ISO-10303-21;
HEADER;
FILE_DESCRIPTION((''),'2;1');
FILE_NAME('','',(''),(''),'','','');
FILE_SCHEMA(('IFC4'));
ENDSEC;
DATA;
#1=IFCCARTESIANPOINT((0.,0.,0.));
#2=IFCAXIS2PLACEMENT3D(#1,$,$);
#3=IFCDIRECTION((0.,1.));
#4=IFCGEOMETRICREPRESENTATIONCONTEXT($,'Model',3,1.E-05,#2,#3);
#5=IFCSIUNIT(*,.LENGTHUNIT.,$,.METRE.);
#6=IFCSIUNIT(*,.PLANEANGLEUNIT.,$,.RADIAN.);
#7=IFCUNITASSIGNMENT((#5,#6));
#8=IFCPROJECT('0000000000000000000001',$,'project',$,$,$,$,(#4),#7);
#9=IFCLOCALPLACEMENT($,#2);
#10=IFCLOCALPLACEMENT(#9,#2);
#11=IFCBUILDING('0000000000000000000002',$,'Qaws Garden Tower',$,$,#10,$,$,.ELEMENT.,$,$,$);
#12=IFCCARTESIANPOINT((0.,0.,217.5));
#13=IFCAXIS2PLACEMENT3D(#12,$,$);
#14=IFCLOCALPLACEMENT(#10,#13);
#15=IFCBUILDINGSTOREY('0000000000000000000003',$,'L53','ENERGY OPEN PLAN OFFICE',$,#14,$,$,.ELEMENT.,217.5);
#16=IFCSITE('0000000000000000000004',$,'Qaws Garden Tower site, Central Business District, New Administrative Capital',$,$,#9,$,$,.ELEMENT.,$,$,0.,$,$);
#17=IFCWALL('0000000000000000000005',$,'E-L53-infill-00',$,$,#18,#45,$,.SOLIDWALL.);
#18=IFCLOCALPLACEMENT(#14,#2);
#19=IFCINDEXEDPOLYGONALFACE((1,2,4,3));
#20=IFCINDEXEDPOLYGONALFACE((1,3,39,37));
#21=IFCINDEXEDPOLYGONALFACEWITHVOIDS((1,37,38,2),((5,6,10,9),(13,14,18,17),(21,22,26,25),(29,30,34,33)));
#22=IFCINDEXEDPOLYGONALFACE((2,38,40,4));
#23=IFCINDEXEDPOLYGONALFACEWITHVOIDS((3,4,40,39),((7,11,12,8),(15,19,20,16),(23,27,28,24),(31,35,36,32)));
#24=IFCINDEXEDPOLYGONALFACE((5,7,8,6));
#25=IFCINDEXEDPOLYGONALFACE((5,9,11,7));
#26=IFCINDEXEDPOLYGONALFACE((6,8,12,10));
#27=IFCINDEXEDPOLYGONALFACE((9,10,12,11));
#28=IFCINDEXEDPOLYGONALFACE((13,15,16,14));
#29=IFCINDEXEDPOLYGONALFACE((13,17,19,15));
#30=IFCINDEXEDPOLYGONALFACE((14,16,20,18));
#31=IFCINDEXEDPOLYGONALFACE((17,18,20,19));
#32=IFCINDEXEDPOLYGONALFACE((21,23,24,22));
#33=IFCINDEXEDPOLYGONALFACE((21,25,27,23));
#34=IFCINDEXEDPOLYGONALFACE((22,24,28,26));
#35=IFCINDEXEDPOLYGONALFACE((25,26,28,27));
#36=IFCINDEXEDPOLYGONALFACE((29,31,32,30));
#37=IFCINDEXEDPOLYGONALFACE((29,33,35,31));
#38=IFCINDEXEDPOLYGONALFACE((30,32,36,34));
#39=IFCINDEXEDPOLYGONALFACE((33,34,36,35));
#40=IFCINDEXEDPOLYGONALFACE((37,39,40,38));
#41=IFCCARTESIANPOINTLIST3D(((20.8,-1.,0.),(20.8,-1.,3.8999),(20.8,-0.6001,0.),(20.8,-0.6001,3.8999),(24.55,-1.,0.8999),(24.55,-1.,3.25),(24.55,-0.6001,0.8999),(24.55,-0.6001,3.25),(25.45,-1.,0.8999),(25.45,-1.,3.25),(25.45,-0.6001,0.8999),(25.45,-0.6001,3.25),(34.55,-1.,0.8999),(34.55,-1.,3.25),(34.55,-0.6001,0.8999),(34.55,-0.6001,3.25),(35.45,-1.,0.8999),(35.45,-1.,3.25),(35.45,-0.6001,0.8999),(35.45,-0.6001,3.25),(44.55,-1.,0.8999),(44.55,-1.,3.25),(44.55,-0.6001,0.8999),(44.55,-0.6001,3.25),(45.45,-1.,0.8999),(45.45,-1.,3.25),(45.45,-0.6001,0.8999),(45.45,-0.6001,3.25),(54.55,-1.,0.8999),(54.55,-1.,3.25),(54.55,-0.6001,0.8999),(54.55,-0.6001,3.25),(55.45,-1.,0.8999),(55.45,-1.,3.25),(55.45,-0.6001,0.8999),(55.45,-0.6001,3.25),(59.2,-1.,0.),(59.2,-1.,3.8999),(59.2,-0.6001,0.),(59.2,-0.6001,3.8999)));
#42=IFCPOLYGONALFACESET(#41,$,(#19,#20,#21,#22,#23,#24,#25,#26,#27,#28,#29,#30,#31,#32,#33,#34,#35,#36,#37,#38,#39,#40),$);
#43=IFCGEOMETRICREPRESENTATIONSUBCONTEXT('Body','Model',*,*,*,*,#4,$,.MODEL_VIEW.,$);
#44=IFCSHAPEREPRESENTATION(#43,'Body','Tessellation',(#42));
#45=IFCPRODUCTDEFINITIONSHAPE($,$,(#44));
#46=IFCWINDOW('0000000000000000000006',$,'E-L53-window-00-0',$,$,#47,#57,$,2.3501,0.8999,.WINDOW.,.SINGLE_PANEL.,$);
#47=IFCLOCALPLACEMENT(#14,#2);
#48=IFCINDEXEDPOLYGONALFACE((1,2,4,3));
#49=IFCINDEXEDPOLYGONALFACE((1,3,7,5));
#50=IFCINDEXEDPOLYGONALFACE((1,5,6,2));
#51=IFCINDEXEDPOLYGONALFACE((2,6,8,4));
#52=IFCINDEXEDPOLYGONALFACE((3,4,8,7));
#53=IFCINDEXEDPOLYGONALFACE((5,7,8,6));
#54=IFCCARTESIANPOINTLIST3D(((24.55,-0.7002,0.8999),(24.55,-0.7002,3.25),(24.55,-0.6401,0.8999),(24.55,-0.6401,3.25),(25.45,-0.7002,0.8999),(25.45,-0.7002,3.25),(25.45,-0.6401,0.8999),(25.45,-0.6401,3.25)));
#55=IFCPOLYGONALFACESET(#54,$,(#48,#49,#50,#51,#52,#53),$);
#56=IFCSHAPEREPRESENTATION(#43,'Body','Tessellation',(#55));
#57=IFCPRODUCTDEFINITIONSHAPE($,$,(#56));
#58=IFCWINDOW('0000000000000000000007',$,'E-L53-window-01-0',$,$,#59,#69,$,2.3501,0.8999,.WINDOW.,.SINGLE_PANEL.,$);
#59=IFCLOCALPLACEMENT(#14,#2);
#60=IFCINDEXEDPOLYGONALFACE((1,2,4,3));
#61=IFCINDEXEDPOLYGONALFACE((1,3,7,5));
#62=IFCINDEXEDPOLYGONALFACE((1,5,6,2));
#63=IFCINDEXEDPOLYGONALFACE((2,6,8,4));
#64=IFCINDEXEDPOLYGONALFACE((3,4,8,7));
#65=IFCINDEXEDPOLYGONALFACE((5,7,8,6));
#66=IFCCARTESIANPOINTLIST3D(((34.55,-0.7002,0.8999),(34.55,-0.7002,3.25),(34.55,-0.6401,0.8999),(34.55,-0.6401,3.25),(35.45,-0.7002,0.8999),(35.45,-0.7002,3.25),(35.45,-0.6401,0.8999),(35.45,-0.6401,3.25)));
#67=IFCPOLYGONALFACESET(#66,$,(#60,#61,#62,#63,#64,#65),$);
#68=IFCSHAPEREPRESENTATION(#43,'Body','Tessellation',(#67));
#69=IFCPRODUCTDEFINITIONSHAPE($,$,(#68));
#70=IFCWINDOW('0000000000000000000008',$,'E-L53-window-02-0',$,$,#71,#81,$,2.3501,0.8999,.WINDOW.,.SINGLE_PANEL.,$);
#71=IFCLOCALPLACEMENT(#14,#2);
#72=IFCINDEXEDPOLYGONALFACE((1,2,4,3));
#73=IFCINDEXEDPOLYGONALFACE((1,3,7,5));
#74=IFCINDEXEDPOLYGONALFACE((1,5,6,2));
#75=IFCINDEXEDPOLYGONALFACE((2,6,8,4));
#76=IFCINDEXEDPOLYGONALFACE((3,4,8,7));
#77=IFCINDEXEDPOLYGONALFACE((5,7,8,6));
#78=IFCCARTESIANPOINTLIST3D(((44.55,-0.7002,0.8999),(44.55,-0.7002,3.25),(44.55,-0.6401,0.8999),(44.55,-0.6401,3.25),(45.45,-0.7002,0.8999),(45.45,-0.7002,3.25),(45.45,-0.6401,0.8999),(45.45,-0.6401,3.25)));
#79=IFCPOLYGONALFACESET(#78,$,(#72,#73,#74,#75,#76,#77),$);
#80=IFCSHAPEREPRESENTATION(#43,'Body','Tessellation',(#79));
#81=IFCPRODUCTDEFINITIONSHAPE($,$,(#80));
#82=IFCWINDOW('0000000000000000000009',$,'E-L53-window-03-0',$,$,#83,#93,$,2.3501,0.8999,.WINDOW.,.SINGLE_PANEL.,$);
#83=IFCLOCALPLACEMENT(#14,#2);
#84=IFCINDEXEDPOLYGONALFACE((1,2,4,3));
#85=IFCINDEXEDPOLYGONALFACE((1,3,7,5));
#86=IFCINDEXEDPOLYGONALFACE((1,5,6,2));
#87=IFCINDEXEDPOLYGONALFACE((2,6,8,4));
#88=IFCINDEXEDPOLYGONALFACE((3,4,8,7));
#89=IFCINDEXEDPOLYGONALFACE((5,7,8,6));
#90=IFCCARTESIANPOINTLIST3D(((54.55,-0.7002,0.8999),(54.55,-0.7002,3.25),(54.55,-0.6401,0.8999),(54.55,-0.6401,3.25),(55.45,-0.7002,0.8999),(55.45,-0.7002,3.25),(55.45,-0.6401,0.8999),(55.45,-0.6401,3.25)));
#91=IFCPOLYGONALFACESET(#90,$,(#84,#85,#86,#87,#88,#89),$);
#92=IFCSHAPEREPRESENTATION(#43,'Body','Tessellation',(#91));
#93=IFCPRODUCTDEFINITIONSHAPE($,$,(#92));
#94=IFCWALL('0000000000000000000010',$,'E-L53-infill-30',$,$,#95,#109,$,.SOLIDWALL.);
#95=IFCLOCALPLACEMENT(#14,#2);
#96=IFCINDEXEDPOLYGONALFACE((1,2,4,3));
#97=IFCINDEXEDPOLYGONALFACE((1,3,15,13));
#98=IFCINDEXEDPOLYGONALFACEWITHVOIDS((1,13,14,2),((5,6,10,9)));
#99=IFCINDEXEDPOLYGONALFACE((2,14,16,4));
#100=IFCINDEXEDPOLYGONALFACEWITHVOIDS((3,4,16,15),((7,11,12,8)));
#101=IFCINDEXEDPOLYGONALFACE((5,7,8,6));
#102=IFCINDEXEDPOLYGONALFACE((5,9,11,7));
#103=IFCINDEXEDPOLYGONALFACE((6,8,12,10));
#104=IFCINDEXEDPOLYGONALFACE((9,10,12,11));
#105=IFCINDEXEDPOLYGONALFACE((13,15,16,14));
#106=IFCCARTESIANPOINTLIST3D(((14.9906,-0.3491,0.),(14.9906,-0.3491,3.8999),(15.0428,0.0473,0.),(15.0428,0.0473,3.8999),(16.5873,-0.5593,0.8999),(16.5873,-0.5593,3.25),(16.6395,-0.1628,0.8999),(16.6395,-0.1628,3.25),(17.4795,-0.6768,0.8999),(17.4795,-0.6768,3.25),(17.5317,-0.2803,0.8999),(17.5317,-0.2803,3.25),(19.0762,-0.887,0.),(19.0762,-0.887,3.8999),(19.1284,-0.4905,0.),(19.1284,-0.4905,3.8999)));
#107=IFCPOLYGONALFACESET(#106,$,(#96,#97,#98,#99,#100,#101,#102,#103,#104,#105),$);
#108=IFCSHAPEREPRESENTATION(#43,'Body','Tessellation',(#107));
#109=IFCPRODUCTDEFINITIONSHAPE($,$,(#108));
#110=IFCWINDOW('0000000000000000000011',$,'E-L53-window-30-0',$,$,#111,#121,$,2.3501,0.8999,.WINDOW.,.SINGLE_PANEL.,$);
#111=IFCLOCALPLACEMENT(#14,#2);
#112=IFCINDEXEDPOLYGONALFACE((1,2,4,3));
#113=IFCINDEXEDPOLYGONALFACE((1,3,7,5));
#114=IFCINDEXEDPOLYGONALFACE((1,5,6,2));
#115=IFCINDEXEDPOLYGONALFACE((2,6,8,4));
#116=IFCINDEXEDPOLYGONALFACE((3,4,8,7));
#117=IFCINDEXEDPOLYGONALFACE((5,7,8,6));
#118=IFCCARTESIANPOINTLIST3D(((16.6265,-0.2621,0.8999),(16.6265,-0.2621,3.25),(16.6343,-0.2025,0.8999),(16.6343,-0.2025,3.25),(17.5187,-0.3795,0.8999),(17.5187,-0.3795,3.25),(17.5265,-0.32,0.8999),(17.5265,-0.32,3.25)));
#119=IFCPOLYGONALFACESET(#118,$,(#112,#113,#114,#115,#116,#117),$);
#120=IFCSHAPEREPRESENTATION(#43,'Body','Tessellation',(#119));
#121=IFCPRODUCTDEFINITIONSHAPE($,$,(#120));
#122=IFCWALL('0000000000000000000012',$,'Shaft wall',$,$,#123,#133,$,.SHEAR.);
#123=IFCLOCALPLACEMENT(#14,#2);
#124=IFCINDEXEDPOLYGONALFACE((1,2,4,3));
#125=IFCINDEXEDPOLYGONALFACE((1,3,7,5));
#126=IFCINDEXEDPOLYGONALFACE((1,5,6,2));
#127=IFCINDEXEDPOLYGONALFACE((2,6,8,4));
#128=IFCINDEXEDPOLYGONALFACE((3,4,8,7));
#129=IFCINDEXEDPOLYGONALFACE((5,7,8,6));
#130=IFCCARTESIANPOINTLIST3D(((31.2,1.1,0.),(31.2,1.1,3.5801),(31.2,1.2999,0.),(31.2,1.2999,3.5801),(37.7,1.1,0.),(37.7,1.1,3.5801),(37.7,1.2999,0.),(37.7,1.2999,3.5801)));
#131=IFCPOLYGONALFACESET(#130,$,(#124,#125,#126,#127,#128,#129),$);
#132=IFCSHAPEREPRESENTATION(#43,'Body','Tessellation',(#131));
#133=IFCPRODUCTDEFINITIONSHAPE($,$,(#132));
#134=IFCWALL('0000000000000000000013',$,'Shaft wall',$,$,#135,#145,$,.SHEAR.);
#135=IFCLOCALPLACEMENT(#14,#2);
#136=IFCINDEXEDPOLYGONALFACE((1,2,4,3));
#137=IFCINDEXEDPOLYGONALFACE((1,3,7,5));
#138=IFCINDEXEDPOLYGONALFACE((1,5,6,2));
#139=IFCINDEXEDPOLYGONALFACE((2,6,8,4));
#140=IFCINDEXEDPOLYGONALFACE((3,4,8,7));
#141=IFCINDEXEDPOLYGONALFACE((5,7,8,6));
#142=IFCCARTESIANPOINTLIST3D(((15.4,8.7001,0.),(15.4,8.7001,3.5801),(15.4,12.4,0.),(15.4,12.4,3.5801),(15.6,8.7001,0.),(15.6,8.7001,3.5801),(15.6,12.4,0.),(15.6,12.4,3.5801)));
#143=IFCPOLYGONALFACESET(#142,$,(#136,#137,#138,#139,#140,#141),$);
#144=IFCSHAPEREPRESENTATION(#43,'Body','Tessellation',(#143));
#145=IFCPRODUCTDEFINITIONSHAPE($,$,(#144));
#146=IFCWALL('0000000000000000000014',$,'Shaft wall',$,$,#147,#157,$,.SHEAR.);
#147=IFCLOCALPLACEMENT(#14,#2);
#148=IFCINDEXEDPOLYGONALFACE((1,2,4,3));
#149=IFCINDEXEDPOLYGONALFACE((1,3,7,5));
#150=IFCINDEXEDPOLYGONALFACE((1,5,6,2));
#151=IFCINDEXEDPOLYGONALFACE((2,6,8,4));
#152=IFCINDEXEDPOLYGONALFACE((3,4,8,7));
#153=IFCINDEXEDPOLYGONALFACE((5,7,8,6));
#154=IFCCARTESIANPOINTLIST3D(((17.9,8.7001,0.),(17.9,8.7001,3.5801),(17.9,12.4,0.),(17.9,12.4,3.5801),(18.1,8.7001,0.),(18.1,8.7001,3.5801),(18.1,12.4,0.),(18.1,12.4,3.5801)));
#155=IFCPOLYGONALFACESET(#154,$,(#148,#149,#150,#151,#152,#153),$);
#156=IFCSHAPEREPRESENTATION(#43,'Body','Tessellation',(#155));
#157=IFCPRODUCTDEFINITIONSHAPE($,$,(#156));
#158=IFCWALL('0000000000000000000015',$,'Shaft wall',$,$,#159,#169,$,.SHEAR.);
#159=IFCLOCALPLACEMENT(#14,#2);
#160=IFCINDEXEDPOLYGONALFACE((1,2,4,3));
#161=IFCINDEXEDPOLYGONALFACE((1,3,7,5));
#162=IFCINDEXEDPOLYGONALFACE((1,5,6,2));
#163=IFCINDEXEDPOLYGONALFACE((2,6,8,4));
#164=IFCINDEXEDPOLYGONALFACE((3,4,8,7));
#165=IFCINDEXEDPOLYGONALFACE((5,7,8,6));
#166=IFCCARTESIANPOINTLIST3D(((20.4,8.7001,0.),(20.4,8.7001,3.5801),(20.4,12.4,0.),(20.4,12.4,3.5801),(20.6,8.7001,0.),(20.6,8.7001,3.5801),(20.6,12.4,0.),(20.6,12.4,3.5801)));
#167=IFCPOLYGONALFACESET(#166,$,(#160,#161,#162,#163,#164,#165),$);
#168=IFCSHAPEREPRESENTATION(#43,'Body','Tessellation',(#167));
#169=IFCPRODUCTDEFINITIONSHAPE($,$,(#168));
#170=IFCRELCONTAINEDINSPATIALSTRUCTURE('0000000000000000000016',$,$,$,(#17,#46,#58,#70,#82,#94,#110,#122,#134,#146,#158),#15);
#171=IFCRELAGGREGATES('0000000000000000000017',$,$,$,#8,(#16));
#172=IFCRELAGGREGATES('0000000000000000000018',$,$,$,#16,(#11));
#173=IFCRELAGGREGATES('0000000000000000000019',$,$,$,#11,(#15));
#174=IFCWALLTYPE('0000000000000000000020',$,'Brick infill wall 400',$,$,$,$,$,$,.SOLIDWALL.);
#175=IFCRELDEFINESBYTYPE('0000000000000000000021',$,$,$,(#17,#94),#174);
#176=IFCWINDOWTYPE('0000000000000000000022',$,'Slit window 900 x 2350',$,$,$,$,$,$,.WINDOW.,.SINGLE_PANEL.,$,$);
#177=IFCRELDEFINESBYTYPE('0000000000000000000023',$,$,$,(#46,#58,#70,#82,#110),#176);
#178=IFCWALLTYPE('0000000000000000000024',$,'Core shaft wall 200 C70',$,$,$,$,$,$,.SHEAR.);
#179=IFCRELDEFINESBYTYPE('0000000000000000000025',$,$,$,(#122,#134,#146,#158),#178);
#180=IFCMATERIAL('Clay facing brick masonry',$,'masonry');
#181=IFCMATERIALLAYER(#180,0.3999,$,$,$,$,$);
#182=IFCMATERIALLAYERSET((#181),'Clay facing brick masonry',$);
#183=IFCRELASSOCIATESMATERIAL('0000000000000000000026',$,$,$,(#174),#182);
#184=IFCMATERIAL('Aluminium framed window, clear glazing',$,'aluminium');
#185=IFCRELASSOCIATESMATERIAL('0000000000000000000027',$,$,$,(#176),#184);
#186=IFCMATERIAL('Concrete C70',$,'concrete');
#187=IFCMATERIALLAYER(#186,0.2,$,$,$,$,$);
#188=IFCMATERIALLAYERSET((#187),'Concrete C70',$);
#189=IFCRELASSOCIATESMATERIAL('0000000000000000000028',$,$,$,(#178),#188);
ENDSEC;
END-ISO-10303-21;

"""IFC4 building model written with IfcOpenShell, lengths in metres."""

from ifc_helpers import new_model, si_unit, direction, frame, frame_2d, origin, place, context, subcontext, project, spatial, rectangle, extrude, material, layer, layer_set, type_object, element, fill, save


model = new_model("IFC4")

# Units and contexts
model_context = context("Model", 3, precision=1e-05, world=origin(), true_north=direction((0.0, 1.0)))
body_context = subcontext(model_context, "Body", "Model", "MODEL_VIEW")
ifc_project = project(units=[si_unit("LENGTHUNIT", "METRE"), si_unit("PLANEANGLEUNIT", "RADIAN")], contexts=[model_context])

# Site, building, storey
site_placement = place(None, origin())
site = spatial("IfcSite", under=ifc_project, at=site_placement, Name="Qaws Garden Tower site, Central Business District, New Administrative Capital", CompositionType="ELEMENT", RefElevation=0.0)
building_placement = place(site_placement, origin())
building = spatial("IfcBuilding", under=site, at=building_placement, Name="Qaws Garden Tower", CompositionType="ELEMENT")
storey_placement = place(building_placement, frame((0.0, 0.0, 217.5)))
storey = spatial("IfcBuildingStorey", under=building, at=storey_placement, Name="L53", Description="ENERGY OPEN PLAN OFFICE", CompositionType="ELEMENT", Elevation=217.5)

# Wall, openings, windows
ifc_material_1 = material(Name="Clay facing brick masonry", Category="masonry")
ifc_layer_1 = layer(ifc_material_1, 0.3999)
ifc_layer_set_1 = layer_set([ifc_layer_1], Name="Clay facing brick masonry")
wall_type_1 = type_object("IfcWallType", Name="Brick infill wall 400", PredefinedType="SOLIDWALL", material=ifc_layer_set_1)
wall_1_placement = place(storey_placement, frame((20.8, -0.8, 0.0), z_axis=(0.0, 0.0, 1.0), x_axis=(1.0, 0.0, 0.0)))
wall_1 = element("IfcWall", 1, at=wall_1_placement, inside=storey, type_object=wall_type_1, Name="E-L53-infill-00", PredefinedType="SOLIDWALL", context=body_context, shape_type="SweptSolid", body=[
    extrude(rectangle(XDim=38.3999, YDim=0.3999, at=frame_2d((19.2, 0.0))), origin(), (0.0, 0.0, 1.0), 3.8999),
])
opening_1_placement = place(wall_1_placement, frame((3.75, 0.0, 0.8999)))
opening_1 = element("IfcOpeningElement", 2, at=opening_1_placement, cuts=wall_1, PredefinedType="OPENING", context=body_context, shape_type="SweptSolid", body=[
    extrude(rectangle(XDim=0.8999, YDim=2.3501, at=frame_2d((0.45, 1.175))), frame((0.0, 0.21, 0.0), z_axis=(0.0, -1.0, 0.0), x_axis=(1.0, 0.0, 0.0)), (0.0, 0.0, 1.0), 0.4199),
])
opening_2_placement = place(wall_1_placement, frame((13.75, 0.0, 0.8999)))
opening_2 = element("IfcOpeningElement", 3, at=opening_2_placement, cuts=wall_1, PredefinedType="OPENING", context=body_context, shape_type="SweptSolid", body=[
    extrude(rectangle(XDim=0.8999, YDim=2.3501, at=frame_2d((0.45, 1.175))), frame((0.0, 0.21, 0.0), z_axis=(0.0, -1.0, 0.0), x_axis=(1.0, 0.0, 0.0)), (0.0, 0.0, 1.0), 0.4199),
])
opening_3_placement = place(wall_1_placement, frame((23.75, 0.0, 0.8999)))
opening_3 = element("IfcOpeningElement", 4, at=opening_3_placement, cuts=wall_1, PredefinedType="OPENING", context=body_context, shape_type="SweptSolid", body=[
    extrude(rectangle(XDim=0.8999, YDim=2.3501, at=frame_2d((0.45, 1.175))), frame((0.0, 0.21, 0.0), z_axis=(0.0, -1.0, 0.0), x_axis=(1.0, 0.0, 0.0)), (0.0, 0.0, 1.0), 0.4199),
])
opening_4_placement = place(wall_1_placement, frame((33.75, 0.0, 0.8999)))
opening_4 = element("IfcOpeningElement", 5, at=opening_4_placement, cuts=wall_1, PredefinedType="OPENING", context=body_context, shape_type="SweptSolid", body=[
    extrude(rectangle(XDim=0.8999, YDim=2.3501, at=frame_2d((0.45, 1.175))), frame((0.0, 0.21, 0.0), z_axis=(0.0, -1.0, 0.0), x_axis=(1.0, 0.0, 0.0)), (0.0, 0.0, 1.0), 0.4199),
])
ifc_material_2 = material(Name="Aluminium framed window, clear glazing", Category="aluminium")
window_type = type_object("IfcWindowType", Name="Slit window 900 x 2350", PartitioningType="SINGLE_PANEL", PredefinedType="WINDOW", material=ifc_material_2)
window_1_placement = place(opening_1_placement, origin())
window_1 = element("IfcWindow", 6, at=window_1_placement, inside=storey, type_object=window_type, Name="E-L53-window-00-0", OverallHeight=2.3501, OverallWidth=0.8999, PartitioningType="SINGLE_PANEL", PredefinedType="WINDOW", context=body_context, shape_type="SweptSolid", body=[
    extrude(rectangle(XDim=0.8999, YDim=2.3501, at=frame_2d((0.45, 1.175))), frame((0.0, 0.1599, 0.0), z_axis=(0.0, -1.0, 0.0), x_axis=(1.0, 0.0, 0.0)), (0.0, 0.0, 1.0), 0.0601),
])
fill(opening_1, window_1)
window_2_placement = place(opening_2_placement, origin())
window_2 = element("IfcWindow", 7, at=window_2_placement, inside=storey, type_object=window_type, Name="E-L53-window-01-0", OverallHeight=2.3501, OverallWidth=0.8999, PartitioningType="SINGLE_PANEL", PredefinedType="WINDOW", context=body_context, shape_type="SweptSolid", body=[
    extrude(rectangle(XDim=0.8999, YDim=2.3501, at=frame_2d((0.45, 1.175))), frame((0.0, 0.1599, 0.0), z_axis=(0.0, -1.0, 0.0), x_axis=(1.0, 0.0, 0.0)), (0.0, 0.0, 1.0), 0.0601),
])
fill(opening_2, window_2)
window_3_placement = place(opening_3_placement, origin())
window_3 = element("IfcWindow", 8, at=window_3_placement, inside=storey, type_object=window_type, Name="E-L53-window-02-0", OverallHeight=2.3501, OverallWidth=0.8999, PartitioningType="SINGLE_PANEL", PredefinedType="WINDOW", context=body_context, shape_type="SweptSolid", body=[
    extrude(rectangle(XDim=0.8999, YDim=2.3501, at=frame_2d((0.45, 1.175))), frame((0.0, 0.1599, 0.0), z_axis=(0.0, -1.0, 0.0), x_axis=(1.0, 0.0, 0.0)), (0.0, 0.0, 1.0), 0.0601),
])
fill(opening_3, window_3)
window_4_placement = place(opening_4_placement, origin())
window_4 = element("IfcWindow", 9, at=window_4_placement, inside=storey, type_object=window_type, Name="E-L53-window-03-0", OverallHeight=2.3501, OverallWidth=0.8999, PartitioningType="SINGLE_PANEL", PredefinedType="WINDOW", context=body_context, shape_type="SweptSolid", body=[
    extrude(rectangle(XDim=0.8999, YDim=2.3501, at=frame_2d((0.45, 1.175))), frame((0.0, 0.1599, 0.0), z_axis=(0.0, -1.0, 0.0), x_axis=(1.0, 0.0, 0.0)), (0.0, 0.0, 1.0), 0.0601),
])
fill(opening_4, window_4)

# Wall, opening, window
wall_2_placement = place(storey_placement, frame((15.0166, -0.1509, 0.0), z_axis=(0.0, 0.0, 1.0), x_axis=(0.991446, -0.130514, 0.0)))
wall_2 = element("IfcWall", 10, at=wall_2_placement, inside=storey, type_object=wall_type_1, Name="E-L53-infill-30", PredefinedType="SOLIDWALL", context=body_context, shape_type="SweptSolid", body=[
    extrude(rectangle(XDim=4.1208, YDim=0.3999, at=frame_2d((2.0605, 0.0))), origin(), (0.0, 0.0, 1.0), 3.8999),
])
opening_5_placement = place(wall_2_placement, frame((1.6106, 0.0, 0.8999)))
opening_5 = element("IfcOpeningElement", 11, at=opening_5_placement, cuts=wall_2, PredefinedType="OPENING", context=body_context, shape_type="SweptSolid", body=[
    extrude(rectangle(XDim=0.8999, YDim=2.3501, at=frame_2d((0.45, 1.175))), frame((0.0, 0.21, 0.0), z_axis=(0.0, -1.0, 0.0), x_axis=(1.0, 0.0, 0.0)), (0.0, 0.0, 1.0), 0.4199),
])
window_5_placement = place(opening_5_placement, origin())
window_5 = element("IfcWindow", 12, at=window_5_placement, inside=storey, type_object=window_type, Name="E-L53-window-30-0", OverallHeight=2.3501, OverallWidth=0.8999, PartitioningType="SINGLE_PANEL", PredefinedType="WINDOW", context=body_context, shape_type="SweptSolid", body=[
    extrude(rectangle(XDim=0.8999, YDim=2.3501, at=frame_2d((0.45, 1.175))), frame((0.0, 0.1599, 0.0), z_axis=(0.0, -1.0, 0.0), x_axis=(1.0, 0.0, 0.0)), (0.0, 0.0, 1.0), 0.0601),
])
fill(opening_5, window_5)

# Walls
ifc_material_3 = material(Name="Concrete C70", Category="concrete")
ifc_layer_2 = layer(ifc_material_3, 0.2)
ifc_layer_set_2 = layer_set([ifc_layer_2], Name="Concrete C70")
wall_type_2 = type_object("IfcWallType", Name="Core shaft wall 200 C70", PredefinedType="SHEAR", material=ifc_layer_set_2)
wall_3_placement = place(storey_placement, frame((31.2, 1.2, 0.0), z_axis=(0.0, 0.0, 1.0), x_axis=(1.0, 0.0, 0.0)))
element("IfcWall", 13, at=wall_3_placement, inside=storey, type_object=wall_type_2, Name="Shaft wall", PredefinedType="SHEAR", context=body_context, shape_type="SweptSolid", body=[
    extrude(rectangle(XDim=6.5, YDim=0.2, at=frame_2d((3.25, 0.0))), origin(), (0.0, 0.0, 1.0), 3.5801),
])
for number, where, z_axis, x_axis, name in (
    (14, (15.5, 8.7, 0.0), (0.0, 0.0, 1.0), (0.0, 1.0, 0.0), "Shaft wall"),
    (15, (18.0, 8.7, 0.0), (0.0, 0.0, 1.0), (0.0, 1.0, 0.0), "Shaft wall"),
    (16, (20.5, 8.7, 0.0), (0.0, 0.0, 1.0), (0.0, 1.0, 0.0), "Shaft wall"),
):
    element("IfcWall", number, at=place(storey_placement, frame(where, z_axis=z_axis, x_axis=x_axis)), inside=storey, type_object=wall_type_2, Name=name, PredefinedType="SHEAR", context=body_context, shape_type="SweptSolid", body=[
        extrude(rectangle(XDim=3.7, YDim=0.2, at=frame_2d((1.8501, 0.0))), origin(), (0.0, 0.0, 1.0), 3.5801),
    ])

save(model, "model.ifc")
